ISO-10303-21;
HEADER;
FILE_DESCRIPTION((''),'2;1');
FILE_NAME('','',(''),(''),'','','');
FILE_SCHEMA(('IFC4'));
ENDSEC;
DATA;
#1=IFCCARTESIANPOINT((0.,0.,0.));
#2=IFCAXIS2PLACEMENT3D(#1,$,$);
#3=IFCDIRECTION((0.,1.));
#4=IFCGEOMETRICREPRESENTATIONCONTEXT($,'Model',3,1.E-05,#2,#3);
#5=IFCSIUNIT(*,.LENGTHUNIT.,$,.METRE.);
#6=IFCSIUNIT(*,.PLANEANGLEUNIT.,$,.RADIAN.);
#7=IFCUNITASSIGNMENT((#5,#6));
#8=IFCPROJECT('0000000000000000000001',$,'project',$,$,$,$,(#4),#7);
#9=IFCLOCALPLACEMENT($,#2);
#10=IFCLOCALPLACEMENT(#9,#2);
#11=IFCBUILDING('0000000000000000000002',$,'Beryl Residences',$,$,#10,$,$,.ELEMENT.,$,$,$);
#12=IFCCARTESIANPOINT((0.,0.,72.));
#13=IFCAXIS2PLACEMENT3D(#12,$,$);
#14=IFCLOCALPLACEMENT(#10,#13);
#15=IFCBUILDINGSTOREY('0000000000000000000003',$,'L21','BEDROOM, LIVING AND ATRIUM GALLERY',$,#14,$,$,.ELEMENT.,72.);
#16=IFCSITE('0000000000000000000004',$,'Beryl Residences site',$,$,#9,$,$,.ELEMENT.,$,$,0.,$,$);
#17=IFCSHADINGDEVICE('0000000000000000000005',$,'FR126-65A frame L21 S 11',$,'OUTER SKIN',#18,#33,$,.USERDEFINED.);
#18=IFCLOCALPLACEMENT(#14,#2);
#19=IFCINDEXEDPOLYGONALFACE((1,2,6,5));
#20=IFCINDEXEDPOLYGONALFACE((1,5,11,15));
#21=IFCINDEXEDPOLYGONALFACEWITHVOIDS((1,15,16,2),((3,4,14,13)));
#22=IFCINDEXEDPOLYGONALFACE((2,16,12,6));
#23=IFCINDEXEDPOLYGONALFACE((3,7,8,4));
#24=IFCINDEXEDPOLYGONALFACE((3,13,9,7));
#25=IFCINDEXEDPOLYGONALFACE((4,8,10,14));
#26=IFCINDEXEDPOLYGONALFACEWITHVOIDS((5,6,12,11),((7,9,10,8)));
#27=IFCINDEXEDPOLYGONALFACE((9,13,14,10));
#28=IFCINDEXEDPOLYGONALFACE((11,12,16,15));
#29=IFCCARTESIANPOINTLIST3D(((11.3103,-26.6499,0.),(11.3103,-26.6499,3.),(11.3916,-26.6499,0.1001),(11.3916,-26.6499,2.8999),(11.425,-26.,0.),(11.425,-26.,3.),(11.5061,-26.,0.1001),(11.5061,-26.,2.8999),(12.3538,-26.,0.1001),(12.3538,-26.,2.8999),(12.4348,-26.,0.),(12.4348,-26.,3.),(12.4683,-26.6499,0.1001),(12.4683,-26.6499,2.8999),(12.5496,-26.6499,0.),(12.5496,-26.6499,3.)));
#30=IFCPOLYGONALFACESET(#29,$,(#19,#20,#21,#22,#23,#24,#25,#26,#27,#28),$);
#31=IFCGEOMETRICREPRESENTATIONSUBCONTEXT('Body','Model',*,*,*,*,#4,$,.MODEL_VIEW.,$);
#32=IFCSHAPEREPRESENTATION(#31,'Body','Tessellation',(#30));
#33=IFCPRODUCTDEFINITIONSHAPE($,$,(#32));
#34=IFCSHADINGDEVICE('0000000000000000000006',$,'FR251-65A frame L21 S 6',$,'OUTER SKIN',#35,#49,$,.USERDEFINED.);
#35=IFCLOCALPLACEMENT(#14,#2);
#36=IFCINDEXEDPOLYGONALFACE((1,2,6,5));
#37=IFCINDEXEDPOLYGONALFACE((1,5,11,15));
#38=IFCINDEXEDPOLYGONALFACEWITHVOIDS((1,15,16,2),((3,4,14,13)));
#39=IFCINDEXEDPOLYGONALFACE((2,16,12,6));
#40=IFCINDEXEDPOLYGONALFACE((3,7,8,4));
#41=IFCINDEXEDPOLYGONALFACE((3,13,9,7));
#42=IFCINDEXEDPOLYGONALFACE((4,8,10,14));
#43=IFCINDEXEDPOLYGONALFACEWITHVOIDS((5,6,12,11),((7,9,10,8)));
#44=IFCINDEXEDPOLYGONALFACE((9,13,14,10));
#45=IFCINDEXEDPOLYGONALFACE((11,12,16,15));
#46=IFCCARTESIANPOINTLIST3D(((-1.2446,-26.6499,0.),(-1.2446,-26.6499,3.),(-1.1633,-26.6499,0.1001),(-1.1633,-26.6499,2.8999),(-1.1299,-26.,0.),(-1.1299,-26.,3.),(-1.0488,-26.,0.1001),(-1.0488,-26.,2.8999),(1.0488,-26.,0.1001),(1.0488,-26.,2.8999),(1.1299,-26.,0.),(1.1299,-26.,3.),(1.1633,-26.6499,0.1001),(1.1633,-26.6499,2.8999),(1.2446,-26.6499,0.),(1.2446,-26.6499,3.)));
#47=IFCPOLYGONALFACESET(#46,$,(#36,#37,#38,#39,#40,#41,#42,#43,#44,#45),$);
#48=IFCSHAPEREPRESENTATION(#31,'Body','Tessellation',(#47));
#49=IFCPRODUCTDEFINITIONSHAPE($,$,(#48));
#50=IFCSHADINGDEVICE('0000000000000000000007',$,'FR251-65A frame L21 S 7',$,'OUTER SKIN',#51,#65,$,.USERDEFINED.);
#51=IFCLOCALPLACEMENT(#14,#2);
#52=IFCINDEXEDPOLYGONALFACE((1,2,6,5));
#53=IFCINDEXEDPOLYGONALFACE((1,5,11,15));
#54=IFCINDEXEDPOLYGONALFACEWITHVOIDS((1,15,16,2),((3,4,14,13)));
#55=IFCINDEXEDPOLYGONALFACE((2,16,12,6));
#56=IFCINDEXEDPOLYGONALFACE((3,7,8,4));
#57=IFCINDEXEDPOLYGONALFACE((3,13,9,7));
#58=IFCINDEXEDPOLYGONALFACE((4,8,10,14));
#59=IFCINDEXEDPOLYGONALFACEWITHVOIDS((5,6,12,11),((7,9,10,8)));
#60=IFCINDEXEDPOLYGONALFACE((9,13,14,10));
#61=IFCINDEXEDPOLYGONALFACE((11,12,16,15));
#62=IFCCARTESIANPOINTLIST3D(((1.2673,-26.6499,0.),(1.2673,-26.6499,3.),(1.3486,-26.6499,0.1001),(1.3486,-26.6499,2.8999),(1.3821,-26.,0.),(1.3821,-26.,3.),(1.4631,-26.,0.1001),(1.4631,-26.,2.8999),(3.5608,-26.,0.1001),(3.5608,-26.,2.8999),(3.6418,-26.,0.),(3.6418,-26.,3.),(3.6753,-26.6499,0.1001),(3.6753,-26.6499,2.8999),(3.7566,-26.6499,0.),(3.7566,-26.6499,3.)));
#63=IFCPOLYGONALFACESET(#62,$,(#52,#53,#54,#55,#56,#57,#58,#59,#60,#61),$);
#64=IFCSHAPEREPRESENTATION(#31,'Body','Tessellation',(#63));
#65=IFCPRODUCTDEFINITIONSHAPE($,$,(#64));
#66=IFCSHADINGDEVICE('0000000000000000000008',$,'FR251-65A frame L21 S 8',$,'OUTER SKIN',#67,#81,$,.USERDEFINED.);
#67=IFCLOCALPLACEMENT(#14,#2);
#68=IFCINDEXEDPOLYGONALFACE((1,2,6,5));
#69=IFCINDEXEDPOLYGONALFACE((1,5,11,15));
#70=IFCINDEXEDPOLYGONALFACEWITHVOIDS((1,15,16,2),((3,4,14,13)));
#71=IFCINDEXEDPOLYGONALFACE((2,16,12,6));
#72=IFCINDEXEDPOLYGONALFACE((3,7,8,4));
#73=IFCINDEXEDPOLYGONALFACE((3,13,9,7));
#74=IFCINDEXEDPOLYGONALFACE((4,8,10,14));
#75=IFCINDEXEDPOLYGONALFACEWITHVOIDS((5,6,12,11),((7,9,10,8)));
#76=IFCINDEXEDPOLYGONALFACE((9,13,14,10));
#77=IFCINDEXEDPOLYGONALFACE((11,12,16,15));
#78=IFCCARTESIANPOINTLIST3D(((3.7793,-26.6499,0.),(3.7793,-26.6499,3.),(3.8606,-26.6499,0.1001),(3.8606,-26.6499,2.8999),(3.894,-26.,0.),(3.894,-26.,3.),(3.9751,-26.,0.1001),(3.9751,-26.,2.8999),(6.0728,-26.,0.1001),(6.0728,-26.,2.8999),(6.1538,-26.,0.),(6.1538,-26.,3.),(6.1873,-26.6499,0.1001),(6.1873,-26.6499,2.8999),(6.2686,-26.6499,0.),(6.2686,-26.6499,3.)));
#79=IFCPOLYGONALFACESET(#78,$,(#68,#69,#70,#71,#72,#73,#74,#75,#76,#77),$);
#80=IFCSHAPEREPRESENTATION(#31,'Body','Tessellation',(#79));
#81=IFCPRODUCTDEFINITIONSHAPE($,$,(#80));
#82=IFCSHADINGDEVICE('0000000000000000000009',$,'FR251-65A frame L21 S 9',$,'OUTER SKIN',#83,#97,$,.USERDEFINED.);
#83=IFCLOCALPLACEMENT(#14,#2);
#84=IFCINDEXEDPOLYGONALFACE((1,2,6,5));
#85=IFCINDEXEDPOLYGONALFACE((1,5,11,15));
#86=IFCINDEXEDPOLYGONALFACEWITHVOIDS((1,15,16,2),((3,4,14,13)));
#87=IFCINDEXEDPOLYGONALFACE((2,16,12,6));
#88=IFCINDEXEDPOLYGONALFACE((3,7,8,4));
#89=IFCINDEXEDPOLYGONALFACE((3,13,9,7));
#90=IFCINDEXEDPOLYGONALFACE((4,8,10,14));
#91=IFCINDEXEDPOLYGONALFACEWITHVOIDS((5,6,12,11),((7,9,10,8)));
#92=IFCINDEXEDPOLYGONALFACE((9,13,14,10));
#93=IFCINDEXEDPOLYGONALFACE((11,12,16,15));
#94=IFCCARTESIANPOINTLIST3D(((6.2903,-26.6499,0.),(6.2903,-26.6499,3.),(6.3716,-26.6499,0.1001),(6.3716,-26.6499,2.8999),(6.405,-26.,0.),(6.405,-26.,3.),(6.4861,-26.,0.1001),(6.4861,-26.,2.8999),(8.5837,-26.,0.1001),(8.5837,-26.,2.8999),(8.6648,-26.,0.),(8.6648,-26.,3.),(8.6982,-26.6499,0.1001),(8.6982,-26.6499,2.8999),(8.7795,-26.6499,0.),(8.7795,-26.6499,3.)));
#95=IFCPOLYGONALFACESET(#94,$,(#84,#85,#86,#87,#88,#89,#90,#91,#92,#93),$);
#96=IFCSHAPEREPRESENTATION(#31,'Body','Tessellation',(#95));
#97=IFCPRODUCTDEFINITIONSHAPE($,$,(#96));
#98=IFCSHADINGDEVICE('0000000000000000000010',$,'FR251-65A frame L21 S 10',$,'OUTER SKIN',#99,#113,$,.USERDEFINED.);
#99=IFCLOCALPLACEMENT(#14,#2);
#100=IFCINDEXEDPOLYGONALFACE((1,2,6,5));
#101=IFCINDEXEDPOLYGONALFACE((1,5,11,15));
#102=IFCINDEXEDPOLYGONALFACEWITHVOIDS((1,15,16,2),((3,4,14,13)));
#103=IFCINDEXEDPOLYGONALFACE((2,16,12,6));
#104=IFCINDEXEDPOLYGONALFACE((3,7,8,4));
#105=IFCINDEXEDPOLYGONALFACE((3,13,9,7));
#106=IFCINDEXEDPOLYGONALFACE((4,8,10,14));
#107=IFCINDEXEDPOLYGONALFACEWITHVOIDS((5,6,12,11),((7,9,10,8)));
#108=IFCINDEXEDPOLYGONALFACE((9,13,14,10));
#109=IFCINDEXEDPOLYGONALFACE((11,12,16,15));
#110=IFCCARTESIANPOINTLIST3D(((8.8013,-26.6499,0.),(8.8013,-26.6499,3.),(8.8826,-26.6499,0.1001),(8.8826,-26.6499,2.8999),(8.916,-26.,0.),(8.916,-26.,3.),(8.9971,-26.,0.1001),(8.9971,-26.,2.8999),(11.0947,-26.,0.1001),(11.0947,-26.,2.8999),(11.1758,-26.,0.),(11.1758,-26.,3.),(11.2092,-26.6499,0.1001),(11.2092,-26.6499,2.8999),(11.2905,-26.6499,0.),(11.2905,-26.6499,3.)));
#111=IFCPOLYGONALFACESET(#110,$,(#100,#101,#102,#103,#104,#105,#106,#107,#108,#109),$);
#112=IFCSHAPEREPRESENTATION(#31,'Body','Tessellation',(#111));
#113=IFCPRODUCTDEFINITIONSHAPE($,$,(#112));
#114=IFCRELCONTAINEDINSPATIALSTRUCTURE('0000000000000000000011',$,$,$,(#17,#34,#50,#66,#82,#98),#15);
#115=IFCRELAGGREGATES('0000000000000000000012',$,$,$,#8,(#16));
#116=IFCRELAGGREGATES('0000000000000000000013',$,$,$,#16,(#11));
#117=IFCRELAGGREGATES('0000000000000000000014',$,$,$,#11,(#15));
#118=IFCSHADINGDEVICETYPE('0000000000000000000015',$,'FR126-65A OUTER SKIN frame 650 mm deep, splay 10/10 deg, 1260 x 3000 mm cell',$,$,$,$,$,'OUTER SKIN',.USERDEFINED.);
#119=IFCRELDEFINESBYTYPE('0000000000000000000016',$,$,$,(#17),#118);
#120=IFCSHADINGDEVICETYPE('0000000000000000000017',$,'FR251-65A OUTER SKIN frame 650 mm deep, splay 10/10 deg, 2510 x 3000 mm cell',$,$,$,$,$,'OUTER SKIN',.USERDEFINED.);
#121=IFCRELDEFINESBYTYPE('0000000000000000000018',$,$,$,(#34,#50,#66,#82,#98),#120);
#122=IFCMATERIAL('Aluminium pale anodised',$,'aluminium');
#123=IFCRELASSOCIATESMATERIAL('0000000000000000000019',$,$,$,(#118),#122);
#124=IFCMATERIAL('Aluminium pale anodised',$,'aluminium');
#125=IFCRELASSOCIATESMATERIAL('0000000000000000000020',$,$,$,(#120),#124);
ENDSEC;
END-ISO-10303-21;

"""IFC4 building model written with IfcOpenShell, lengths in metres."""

from ifc_helpers import new_model, entity, si_unit, direction, frame, origin, place, context, subcontext, project, spatial, source, transform, mapped, material, type_object, type_shapes, element, save


model = new_model("IFC4")

# Units and contexts
model_context = context("Model", 3, precision=1e-05, world=origin(), true_north=direction((0.0, 1.0)))
body_context = subcontext(model_context, "Body", "Model", "MODEL_VIEW")
ifc_project = project(units=[si_unit("LENGTHUNIT", "METRE"), si_unit("PLANEANGLEUNIT", "RADIAN")], contexts=[model_context])

# Site, building, storey
site_placement = place(None, origin())
site = spatial("IfcSite", under=ifc_project, at=site_placement, Name="Beryl Residences site", CompositionType="ELEMENT", RefElevation=0.0)
building_placement = place(site_placement, origin())
building = spatial("IfcBuilding", under=site, at=building_placement, Name="Beryl Residences", CompositionType="ELEMENT")
storey_placement = place(building_placement, frame((0.0, 0.0, 72.0)))
storey = spatial("IfcBuildingStorey", under=building, at=storey_placement, Name="L21", Description="BEDROOM, LIVING AND ATRIUM GALLERY", CompositionType="ELEMENT", Elevation=72.0)

# Shading devices
ifc_material_1 = material(Name="Aluminium pale anodised", Category="aluminium")
shading_device_type_1 = type_object("IfcShadingDeviceType", Name="FR126-65A OUTER SKIN frame 650 mm deep, splay 10/10 deg, 1260 x 3000 mm cell", ElementType="OUTER SKIN", PredefinedType="USERDEFINED", material=ifc_material_1)
cartesian_point_1 = entity("IfcCartesianPoint", [-0.5049, 0.0])
cartesian_point_2 = entity("IfcCartesianPoint", [-0.4238, 0.1001])
cartesian_point_3 = entity("IfcCartesianPoint", [-0.6196, 0.0])
cartesian_point_4 = entity("IfcCartesianPoint", [-0.5383, 0.1001])
shared_shape_1 = source(origin(), body_context, "Body", "SweptSolid", [
    entity("IfcExtrudedAreaSolidTapered", entity("IfcArbitraryProfileDefWithVoids", "AREA", None, entity("IfcPolyline", [cartesian_point_1, entity("IfcCartesianPoint", [0.5049, 0.0]), entity("IfcCartesianPoint", [0.5049, 3.0]), entity("IfcCartesianPoint", [-0.5049, 3.0]), cartesian_point_1]), [entity("IfcPolyline", [cartesian_point_2, entity("IfcCartesianPoint", [0.4238, 0.1001]), entity("IfcCartesianPoint", [0.4238, 2.8999]), entity("IfcCartesianPoint", [-0.4238, 2.8999]), cartesian_point_2])]), entity("IfcAxis2Placement3D", entity("IfcCartesianPoint", [0.0, 0.0, 0.0]), entity("IfcDirection", [0.0, 1.0, 0.0]), entity("IfcDirection", [-1.0, 0.0, 0.0])), entity("IfcDirection", [0.0, 0.0, 1.0]), 0.6499, entity("IfcArbitraryProfileDefWithVoids", "AREA", None, entity("IfcPolyline", [cartesian_point_3, entity("IfcCartesianPoint", [0.6196, 0.0]), entity("IfcCartesianPoint", [0.6196, 3.0]), entity("IfcCartesianPoint", [-0.6196, 3.0]), cartesian_point_3]), [entity("IfcPolyline", [cartesian_point_4, entity("IfcCartesianPoint", [0.5383, 0.1001]), entity("IfcCartesianPoint", [0.5383, 2.8999]), entity("IfcCartesianPoint", [-0.5383, 2.8999]), cartesian_point_4])])),
])
type_shapes(shading_device_type_1, [shared_shape_1])
shading_device_placement = place(storey_placement, frame((11.9299, -26.0, 0.0), z_axis=(0.0, 0.0, 1.0), x_axis=(-1.0, 0.0, 0.0)))
element("IfcShadingDevice", 1, at=shading_device_placement, inside=storey, type_object=shading_device_type_1, Name="FR126-65A frame L21 S 11", ObjectType="OUTER SKIN", PredefinedType="USERDEFINED", context=body_context, shape_type="MappedRepresentation", body=[
    mapped(shared_shape_1, transform((0.0, 0.0, 0.0))),
])
ifc_material_2 = material(Name="Aluminium pale anodised", Category="aluminium")
shading_device_type_2 = type_object("IfcShadingDeviceType", Name="FR251-65A OUTER SKIN frame 650 mm deep, splay 10/10 deg, 2510 x 3000 mm cell", ElementType="OUTER SKIN", PredefinedType="USERDEFINED", material=ifc_material_2)
cartesian_point_5 = entity("IfcCartesianPoint", [-1.1299, 0.0])
cartesian_point_6 = entity("IfcCartesianPoint", [-1.0488, 0.1001])
cartesian_point_7 = entity("IfcCartesianPoint", [-1.2446, 0.0])
cartesian_point_8 = entity("IfcCartesianPoint", [-1.1633, 0.1001])
shared_shape_2 = source(origin(), body_context, "Body", "SweptSolid", [
    entity("IfcExtrudedAreaSolidTapered", entity("IfcArbitraryProfileDefWithVoids", "AREA", None, entity("IfcPolyline", [cartesian_point_5, entity("IfcCartesianPoint", [1.1299, 0.0]), entity("IfcCartesianPoint", [1.1299, 3.0]), entity("IfcCartesianPoint", [-1.1299, 3.0]), cartesian_point_5]), [entity("IfcPolyline", [cartesian_point_6, entity("IfcCartesianPoint", [1.0488, 0.1001]), entity("IfcCartesianPoint", [1.0488, 2.8999]), entity("IfcCartesianPoint", [-1.0488, 2.8999]), cartesian_point_6])]), entity("IfcAxis2Placement3D", entity("IfcCartesianPoint", [0.0, 0.0, 0.0]), entity("IfcDirection", [0.0, 1.0, 0.0]), entity("IfcDirection", [-1.0, 0.0, 0.0])), entity("IfcDirection", [0.0, 0.0, 1.0]), 0.6499, entity("IfcArbitraryProfileDefWithVoids", "AREA", None, entity("IfcPolyline", [cartesian_point_7, entity("IfcCartesianPoint", [1.2446, 0.0]), entity("IfcCartesianPoint", [1.2446, 3.0]), entity("IfcCartesianPoint", [-1.2446, 3.0]), cartesian_point_7]), [entity("IfcPolyline", [cartesian_point_8, entity("IfcCartesianPoint", [1.1633, 0.1001]), entity("IfcCartesianPoint", [1.1633, 2.8999]), entity("IfcCartesianPoint", [-1.1633, 2.8999]), cartesian_point_8])])),
])
type_shapes(shading_device_type_2, [shared_shape_2])
for number, where, z_axis, x_axis, name in (
    (2, (0.0, -26.0, 0.0), (0.0, 0.0, 1.0), (-1.0, 0.0, 0.0), "FR251-65A frame L21 S 6"),
    (3, (2.512, -26.0, 0.0), (0.0, 0.0, 1.0), (-1.0, 0.0, 0.0), "FR251-65A frame L21 S 7"),
    (4, (5.0239, -26.0, 0.0), (0.0, 0.0, 1.0), (-1.0, 0.0, 0.0), "FR251-65A frame L21 S 8"),
    (5, (7.5349, -26.0, 0.0), (0.0, 0.0, 1.0), (-1.0, 0.0, 0.0), "FR251-65A frame L21 S 9"),
    (6, (10.0459, -26.0, 0.0), (0.0, 0.0, 1.0), (-1.0, 0.0, 0.0), "FR251-65A frame L21 S 10"),
):
    element("IfcShadingDevice", number, at=place(storey_placement, frame(where, z_axis=z_axis, x_axis=x_axis)), inside=storey, type_object=shading_device_type_2, Name=name, ObjectType="OUTER SKIN", PredefinedType="USERDEFINED", context=body_context, shape_type="MappedRepresentation", body=[
        mapped(shared_shape_2, transform((0.0, 0.0, 0.0))),
    ])

save(model, "model.ifc")
